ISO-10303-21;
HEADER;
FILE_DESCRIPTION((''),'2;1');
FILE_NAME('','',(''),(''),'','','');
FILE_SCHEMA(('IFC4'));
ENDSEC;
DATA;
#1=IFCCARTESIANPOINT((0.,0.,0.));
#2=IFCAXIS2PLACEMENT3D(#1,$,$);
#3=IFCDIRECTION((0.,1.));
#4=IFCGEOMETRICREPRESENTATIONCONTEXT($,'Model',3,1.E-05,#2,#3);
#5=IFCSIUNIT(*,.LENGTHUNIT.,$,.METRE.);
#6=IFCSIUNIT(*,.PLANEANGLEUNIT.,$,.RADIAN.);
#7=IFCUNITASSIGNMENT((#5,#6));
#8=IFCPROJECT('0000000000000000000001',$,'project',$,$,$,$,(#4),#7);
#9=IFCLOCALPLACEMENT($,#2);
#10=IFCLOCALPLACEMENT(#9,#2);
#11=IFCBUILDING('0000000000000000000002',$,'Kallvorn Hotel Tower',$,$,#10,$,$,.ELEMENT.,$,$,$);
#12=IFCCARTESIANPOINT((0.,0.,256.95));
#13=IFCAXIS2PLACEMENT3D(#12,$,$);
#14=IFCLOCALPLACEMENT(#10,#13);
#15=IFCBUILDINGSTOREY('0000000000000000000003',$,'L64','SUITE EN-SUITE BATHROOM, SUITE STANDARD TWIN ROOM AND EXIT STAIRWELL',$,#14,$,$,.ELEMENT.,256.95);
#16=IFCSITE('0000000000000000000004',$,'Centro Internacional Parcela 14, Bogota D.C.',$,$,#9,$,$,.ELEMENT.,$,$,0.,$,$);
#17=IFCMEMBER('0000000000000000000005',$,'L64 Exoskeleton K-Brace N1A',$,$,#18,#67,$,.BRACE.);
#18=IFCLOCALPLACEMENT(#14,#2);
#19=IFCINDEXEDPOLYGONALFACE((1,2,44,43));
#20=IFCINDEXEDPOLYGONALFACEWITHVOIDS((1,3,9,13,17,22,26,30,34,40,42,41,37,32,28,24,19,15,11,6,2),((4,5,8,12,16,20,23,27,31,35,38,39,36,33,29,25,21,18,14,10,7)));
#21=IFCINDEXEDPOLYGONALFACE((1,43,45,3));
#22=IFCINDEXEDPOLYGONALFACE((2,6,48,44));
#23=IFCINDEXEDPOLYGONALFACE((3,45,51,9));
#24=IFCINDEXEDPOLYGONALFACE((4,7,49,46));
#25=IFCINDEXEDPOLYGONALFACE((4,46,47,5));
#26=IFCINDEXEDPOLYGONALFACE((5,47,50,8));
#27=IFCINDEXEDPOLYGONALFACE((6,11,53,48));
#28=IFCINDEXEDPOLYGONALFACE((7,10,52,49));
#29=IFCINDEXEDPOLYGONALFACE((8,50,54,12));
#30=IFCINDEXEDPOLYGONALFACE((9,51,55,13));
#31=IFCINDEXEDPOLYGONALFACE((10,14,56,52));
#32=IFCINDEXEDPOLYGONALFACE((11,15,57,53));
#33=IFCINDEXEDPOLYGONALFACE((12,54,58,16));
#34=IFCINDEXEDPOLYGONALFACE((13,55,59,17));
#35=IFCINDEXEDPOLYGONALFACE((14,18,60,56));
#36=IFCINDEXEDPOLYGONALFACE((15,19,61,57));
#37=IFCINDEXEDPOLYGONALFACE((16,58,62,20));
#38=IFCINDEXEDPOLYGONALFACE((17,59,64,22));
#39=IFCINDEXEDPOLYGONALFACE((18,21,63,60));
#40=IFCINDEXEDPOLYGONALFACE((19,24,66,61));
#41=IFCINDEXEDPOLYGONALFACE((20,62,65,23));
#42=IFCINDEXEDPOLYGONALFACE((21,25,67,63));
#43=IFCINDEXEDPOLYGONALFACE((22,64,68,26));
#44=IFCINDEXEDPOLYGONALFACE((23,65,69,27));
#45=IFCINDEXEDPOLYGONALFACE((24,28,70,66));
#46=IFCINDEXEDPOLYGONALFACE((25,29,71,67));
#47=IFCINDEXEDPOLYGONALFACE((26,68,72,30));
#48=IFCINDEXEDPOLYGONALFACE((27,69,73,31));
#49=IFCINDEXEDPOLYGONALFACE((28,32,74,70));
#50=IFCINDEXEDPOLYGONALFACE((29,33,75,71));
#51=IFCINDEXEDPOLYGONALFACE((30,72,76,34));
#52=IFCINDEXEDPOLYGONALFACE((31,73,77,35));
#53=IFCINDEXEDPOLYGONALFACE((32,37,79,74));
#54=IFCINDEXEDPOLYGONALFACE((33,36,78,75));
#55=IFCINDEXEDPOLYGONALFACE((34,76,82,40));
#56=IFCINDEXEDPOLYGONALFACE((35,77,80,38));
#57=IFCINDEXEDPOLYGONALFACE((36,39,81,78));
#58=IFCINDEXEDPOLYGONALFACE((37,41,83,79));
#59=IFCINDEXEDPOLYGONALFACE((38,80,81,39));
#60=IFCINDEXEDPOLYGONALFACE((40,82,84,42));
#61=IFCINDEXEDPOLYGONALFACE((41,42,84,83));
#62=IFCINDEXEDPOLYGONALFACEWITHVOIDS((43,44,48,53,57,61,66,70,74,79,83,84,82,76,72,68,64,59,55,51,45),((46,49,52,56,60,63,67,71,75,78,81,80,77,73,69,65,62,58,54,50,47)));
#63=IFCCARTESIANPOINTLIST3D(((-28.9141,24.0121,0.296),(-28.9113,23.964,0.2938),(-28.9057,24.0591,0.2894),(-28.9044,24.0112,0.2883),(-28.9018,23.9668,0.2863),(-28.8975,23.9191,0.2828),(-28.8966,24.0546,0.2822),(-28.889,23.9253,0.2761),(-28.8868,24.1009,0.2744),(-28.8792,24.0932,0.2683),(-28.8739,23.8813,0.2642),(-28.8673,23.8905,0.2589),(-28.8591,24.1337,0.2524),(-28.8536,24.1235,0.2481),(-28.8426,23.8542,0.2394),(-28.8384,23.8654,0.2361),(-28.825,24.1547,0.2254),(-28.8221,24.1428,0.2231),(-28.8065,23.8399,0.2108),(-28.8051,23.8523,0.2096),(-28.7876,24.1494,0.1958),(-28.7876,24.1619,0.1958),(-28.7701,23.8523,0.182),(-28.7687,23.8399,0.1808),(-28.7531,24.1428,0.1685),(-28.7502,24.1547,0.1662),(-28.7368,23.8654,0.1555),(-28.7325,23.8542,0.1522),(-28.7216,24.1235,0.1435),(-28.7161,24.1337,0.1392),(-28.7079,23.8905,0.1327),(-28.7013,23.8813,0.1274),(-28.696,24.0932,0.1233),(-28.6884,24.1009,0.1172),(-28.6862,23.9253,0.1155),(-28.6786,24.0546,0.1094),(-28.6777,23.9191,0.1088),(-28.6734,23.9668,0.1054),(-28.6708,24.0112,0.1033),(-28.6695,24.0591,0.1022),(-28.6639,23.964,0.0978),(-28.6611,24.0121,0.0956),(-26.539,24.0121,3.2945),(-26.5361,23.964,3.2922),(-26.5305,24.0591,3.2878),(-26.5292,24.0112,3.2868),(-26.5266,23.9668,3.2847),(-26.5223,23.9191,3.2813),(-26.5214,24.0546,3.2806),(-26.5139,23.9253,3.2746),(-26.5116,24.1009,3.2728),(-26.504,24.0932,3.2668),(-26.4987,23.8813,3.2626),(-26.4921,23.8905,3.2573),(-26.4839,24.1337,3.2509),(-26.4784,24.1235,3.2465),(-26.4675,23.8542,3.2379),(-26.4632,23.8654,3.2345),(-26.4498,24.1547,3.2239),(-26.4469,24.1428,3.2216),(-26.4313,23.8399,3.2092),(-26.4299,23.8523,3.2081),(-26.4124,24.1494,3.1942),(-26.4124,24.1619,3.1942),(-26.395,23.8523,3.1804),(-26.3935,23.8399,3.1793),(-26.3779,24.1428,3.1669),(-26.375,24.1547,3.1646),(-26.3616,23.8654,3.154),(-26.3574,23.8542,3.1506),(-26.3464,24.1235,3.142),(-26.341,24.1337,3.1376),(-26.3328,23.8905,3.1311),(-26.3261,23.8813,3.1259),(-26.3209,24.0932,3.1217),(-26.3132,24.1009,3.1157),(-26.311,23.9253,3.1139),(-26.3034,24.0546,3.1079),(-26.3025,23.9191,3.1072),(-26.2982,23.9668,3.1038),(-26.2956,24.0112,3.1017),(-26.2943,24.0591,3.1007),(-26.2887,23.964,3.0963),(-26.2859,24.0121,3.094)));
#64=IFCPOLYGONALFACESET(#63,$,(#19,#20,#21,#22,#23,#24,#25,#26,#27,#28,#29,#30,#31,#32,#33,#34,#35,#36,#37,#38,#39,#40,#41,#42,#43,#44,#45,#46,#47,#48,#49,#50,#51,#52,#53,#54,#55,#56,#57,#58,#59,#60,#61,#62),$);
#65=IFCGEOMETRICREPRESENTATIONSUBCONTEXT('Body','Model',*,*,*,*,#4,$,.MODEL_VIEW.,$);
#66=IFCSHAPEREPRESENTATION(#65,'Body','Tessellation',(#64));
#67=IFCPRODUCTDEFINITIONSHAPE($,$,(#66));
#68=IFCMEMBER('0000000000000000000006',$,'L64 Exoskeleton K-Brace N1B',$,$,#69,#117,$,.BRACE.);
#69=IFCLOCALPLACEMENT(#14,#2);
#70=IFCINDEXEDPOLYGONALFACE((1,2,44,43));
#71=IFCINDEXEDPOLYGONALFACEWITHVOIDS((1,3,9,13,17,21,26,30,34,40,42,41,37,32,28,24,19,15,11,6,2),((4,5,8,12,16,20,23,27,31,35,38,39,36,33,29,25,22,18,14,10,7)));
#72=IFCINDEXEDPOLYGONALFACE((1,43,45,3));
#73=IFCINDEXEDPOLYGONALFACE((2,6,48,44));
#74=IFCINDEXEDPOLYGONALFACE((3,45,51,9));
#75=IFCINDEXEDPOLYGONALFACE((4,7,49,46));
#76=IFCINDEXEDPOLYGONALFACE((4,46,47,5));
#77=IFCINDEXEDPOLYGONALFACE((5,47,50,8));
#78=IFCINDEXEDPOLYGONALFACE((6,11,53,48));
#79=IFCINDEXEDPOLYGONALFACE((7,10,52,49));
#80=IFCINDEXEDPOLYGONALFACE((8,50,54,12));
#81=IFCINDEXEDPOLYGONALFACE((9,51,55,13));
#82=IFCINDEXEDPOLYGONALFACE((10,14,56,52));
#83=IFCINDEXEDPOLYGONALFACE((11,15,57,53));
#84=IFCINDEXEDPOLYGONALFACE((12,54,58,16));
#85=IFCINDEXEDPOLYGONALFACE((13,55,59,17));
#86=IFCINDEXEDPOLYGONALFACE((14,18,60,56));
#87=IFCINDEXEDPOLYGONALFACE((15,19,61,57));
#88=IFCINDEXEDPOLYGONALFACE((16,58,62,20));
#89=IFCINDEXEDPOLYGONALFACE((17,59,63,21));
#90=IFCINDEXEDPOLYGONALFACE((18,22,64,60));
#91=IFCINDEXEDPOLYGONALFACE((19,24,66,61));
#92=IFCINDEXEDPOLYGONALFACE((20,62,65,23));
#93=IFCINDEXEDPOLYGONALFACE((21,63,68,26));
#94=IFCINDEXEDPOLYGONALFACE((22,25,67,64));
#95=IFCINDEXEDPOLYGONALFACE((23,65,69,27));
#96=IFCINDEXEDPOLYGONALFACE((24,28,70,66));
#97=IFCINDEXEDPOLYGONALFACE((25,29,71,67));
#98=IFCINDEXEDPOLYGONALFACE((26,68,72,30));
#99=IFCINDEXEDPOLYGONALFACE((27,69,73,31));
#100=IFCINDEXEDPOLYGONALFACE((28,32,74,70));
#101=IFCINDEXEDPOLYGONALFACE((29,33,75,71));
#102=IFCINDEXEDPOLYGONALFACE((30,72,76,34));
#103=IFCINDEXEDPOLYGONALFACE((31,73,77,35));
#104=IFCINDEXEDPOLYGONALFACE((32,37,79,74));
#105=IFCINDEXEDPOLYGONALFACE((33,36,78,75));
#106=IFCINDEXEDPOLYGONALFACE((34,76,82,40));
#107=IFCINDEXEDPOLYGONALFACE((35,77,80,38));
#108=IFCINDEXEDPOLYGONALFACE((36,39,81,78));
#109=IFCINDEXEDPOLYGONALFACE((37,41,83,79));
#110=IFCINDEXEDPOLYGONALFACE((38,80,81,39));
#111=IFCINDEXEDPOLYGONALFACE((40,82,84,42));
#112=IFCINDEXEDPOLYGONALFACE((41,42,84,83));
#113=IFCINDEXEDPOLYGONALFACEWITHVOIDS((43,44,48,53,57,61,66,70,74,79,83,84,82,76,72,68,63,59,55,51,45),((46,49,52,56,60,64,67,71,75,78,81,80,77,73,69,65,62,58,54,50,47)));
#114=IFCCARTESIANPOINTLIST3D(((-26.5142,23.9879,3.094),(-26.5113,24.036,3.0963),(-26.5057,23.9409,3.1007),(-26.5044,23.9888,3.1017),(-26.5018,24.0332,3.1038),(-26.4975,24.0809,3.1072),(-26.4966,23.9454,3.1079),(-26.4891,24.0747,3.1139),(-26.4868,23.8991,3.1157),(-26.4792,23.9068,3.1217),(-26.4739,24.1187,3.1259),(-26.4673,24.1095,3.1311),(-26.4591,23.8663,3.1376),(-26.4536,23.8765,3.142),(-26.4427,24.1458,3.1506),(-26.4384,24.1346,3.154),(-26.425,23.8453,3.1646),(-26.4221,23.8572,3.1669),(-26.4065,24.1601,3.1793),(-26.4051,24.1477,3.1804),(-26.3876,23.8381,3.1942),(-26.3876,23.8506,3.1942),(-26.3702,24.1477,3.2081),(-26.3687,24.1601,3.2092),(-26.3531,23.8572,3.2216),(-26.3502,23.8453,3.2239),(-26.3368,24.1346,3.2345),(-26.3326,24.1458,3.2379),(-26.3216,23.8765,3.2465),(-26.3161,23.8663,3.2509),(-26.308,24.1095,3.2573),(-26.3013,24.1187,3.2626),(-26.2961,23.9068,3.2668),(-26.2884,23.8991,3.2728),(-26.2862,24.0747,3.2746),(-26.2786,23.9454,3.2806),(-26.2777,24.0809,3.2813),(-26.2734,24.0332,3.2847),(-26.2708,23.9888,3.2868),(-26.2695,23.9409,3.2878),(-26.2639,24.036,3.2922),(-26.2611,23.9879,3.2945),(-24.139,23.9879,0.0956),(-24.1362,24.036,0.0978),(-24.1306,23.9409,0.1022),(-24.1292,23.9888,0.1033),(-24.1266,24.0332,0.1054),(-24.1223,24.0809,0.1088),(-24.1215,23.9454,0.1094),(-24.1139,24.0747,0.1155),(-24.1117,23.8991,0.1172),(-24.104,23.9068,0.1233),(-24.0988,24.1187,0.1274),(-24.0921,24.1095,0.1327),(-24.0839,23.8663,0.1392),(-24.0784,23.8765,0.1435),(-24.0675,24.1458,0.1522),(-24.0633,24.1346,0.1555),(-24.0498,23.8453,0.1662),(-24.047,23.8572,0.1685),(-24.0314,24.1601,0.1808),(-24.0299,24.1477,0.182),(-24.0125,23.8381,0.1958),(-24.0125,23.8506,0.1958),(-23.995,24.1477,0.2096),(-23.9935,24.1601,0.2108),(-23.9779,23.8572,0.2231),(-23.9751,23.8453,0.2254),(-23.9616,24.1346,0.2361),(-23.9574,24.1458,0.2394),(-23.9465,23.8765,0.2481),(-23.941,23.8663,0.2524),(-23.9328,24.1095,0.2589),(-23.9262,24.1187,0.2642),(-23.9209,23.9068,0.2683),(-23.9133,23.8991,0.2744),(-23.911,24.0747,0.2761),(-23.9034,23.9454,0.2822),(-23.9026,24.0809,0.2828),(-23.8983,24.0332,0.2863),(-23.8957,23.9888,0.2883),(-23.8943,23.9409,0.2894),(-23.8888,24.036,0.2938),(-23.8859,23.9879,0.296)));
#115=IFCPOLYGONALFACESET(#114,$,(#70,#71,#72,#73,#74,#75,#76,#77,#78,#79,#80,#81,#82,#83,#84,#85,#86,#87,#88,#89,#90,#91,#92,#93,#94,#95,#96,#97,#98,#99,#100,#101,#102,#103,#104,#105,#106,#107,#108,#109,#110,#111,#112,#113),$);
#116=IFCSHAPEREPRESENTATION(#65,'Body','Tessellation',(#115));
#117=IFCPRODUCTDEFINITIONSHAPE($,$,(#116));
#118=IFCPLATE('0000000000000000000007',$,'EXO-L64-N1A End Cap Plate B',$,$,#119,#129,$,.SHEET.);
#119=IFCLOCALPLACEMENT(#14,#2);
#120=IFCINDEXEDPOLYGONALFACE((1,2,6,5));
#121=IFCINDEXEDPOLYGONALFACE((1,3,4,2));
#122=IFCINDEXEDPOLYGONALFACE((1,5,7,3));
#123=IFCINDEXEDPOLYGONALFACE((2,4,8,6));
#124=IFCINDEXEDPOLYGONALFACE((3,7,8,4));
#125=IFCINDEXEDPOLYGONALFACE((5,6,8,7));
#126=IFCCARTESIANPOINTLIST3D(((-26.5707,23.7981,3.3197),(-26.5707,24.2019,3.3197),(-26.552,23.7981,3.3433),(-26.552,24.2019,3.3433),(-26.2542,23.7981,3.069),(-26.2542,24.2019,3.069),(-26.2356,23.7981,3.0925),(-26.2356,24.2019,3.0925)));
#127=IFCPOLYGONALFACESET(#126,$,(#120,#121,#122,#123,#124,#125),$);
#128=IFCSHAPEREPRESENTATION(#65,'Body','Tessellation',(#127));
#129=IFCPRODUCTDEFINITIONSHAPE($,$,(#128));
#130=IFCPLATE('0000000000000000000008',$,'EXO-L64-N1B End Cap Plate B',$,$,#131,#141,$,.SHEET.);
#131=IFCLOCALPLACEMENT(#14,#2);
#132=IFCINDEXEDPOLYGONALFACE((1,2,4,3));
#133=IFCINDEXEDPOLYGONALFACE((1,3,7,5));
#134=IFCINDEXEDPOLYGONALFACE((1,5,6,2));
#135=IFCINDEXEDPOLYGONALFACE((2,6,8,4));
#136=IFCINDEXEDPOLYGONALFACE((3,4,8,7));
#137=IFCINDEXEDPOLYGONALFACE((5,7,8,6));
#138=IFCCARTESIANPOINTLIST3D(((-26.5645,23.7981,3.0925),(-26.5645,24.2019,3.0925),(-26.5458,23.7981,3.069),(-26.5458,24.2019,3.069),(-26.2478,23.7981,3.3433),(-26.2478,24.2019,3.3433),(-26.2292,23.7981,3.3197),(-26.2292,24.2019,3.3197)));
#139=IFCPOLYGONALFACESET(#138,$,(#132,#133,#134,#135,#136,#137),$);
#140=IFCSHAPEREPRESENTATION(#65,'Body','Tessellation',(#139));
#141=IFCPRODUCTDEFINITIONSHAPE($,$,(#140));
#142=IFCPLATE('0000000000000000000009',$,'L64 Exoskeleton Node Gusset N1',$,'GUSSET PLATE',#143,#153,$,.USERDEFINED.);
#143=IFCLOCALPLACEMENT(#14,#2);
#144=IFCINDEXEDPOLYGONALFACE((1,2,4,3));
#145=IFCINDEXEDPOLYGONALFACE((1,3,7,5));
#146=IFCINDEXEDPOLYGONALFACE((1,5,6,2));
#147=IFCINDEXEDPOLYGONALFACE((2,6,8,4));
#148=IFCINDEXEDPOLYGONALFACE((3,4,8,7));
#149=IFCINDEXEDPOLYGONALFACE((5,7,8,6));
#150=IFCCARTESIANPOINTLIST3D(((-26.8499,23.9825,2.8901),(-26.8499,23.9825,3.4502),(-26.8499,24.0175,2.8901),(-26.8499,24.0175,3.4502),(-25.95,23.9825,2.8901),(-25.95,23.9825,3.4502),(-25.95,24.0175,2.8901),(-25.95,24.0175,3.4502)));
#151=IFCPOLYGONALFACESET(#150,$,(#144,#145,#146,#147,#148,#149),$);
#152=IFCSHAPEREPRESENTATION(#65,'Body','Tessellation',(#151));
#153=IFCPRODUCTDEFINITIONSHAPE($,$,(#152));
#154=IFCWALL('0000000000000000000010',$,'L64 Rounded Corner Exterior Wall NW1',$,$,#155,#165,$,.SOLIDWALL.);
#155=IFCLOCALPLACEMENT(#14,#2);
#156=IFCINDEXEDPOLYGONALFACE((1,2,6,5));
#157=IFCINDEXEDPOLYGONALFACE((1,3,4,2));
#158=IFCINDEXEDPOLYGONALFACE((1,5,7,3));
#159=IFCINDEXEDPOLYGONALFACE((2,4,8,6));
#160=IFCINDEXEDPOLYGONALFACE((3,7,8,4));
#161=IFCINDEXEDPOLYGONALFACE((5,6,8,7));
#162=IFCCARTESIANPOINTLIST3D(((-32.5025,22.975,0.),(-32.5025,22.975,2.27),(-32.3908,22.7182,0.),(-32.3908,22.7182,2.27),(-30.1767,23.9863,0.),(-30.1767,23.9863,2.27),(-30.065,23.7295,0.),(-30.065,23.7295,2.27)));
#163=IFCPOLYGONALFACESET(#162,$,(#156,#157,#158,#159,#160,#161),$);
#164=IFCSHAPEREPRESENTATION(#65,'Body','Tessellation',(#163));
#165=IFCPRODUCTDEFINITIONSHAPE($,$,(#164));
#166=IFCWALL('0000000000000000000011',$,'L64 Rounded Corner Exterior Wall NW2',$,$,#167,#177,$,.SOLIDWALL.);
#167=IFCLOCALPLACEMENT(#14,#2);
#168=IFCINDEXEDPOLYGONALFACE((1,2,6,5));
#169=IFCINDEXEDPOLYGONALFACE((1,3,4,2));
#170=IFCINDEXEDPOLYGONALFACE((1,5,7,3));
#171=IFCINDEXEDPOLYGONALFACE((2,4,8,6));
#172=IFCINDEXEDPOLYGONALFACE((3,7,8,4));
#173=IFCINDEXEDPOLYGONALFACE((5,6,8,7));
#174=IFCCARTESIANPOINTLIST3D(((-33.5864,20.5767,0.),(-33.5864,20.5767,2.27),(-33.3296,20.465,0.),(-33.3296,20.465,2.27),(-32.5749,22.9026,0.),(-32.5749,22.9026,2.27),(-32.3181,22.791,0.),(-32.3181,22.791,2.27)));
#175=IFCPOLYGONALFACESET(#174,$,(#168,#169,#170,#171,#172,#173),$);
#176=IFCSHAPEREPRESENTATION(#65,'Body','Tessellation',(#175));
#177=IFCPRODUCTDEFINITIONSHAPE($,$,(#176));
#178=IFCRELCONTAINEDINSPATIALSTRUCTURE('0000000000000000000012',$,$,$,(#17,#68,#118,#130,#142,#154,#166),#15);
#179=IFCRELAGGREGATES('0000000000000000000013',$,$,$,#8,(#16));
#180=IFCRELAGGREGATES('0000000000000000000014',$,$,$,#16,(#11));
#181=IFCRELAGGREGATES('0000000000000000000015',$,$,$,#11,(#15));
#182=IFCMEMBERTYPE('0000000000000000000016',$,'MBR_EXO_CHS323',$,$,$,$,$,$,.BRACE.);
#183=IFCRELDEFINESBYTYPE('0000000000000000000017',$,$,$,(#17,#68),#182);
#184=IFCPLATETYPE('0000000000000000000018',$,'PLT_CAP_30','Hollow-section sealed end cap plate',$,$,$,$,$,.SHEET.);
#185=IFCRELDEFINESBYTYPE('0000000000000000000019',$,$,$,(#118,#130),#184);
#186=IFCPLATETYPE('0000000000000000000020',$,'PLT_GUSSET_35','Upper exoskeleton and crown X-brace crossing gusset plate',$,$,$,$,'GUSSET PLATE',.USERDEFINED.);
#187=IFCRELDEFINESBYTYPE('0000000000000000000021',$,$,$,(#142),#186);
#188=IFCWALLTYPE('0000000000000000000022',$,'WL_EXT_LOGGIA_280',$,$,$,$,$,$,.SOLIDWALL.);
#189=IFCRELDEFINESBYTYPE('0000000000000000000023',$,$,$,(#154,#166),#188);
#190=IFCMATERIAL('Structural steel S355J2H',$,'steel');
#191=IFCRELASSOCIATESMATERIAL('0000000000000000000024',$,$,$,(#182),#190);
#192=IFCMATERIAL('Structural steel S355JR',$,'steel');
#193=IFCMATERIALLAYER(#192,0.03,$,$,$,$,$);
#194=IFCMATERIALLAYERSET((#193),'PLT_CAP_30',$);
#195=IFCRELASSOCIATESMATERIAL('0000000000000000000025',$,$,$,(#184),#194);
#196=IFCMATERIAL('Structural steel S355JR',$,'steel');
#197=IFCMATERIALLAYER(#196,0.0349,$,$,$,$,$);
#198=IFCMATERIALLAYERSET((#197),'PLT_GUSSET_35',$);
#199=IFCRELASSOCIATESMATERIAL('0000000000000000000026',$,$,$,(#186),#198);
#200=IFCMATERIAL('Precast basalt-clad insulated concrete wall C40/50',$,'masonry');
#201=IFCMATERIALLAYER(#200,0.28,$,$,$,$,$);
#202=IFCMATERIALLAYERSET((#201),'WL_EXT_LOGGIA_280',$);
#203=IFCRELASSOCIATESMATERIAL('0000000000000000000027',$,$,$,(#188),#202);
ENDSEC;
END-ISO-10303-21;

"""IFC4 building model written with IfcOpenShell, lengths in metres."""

from ifc_helpers import new_model, si_unit, direction, frame, frame_2d, origin, origin_2d, place, context, subcontext, project, spatial, polyline, rectangle, hollow_circle, outline, extrude, material, layer, layer_set, material_profile, profile_set, type_object, element, save


model = new_model("IFC4")

# Units and contexts
model_context = context("Model", 3, precision=1e-05, world=origin(), true_north=direction((0.0, 1.0)))
body_context = subcontext(model_context, "Body", "Model", "MODEL_VIEW")
ifc_project = project(units=[si_unit("LENGTHUNIT", "METRE"), si_unit("PLANEANGLEUNIT", "RADIAN")], contexts=[model_context])

# Site, building, storey
site_placement = place(None, origin())
site = spatial("IfcSite", under=ifc_project, at=site_placement, Name="Centro Internacional Parcela 14, Bogota D.C.", CompositionType="ELEMENT", RefElevation=0.0)
building_placement = place(site_placement, origin())
building = spatial("IfcBuilding", under=site, at=building_placement, Name="Kallvorn Hotel Tower", CompositionType="ELEMENT")
storey_placement = place(building_placement, frame((0.0, 0.0, 256.95)))
storey = spatial("IfcBuildingStorey", under=building, at=storey_placement, Name="L64", Description="SUITE EN-SUITE BATHROOM, SUITE STANDARD TWIN ROOM AND EXIT STAIRWELL", CompositionType="ELEMENT", Elevation=256.95)

# Members
ifc_material_1 = material(Name="Structural steel S355J2H", Category="steel")
ifc_material_profile_1 = material_profile(ifc_material_1, hollow_circle(Radius=0.1619, WallThickness=0.0125, at=origin_2d()), Name="CHS 323.9x12.5")
ifc_profile_set_1 = profile_set([ifc_material_profile_1], Name="Structural steel S355J2H")
member_type_1 = type_object("IfcMemberType", Name="MBR_EXO_CHS323", PredefinedType="BRACE", material=ifc_profile_set_1)
for number, where, z_axis, x_axis, name in (
    (1, (-28.7876, 24.0, 0.1958), (0.620929, 0.0, 0.783867), (0.0, 1.0, 0.0), "L64 Exoskeleton K-Brace N1A"),
    (2, (-24.0125, 24.0, 0.1958), (-0.620929, 0.0, 0.783867), (0.0, -1.0, 0.0), "L64 Exoskeleton K-Brace N1B"),
):
    element("IfcMember", number, at=place(storey_placement, frame(where, z_axis=z_axis, x_axis=x_axis)), inside=storey, type_object=member_type_1, Name=name, PredefinedType="BRACE", context=body_context, shape_type="SweptSolid", body=[
        extrude(hollow_circle(Radius=0.1619, WallThickness=0.0125, at=origin_2d()), origin(), (0.0, 0.0, 1.0), 3.8252),
    ])

# Plates
ifc_material_2 = material(Name="Structural steel S355JR", Category="steel")
ifc_layer_1 = layer(ifc_material_2, 0.03)
ifc_layer_set_1 = layer_set([ifc_layer_1], Name="PLT_CAP_30")
plate_type_1 = type_object("IfcPlateType", Name="PLT_CAP_30", Description="Hollow-section sealed end cap plate", PredefinedType="SHEET", material=ifc_layer_set_1)
plate_1_placement = place(storey_placement, frame((-26.2356, 23.7981, 3.0925), z_axis=(0.621075, 0.0, 0.783751), x_axis=(0.0, 1.0, 0.0)))
element("IfcPlate", 3, at=plate_1_placement, inside=storey, type_object=plate_type_1, Name="EXO-L64-N1A End Cap Plate B", PredefinedType="SHEET", context=body_context, shape_type="SweptSolid", body=[
    extrude(outline(polyline([(0.0, 0.0), (0.4038, 0.0), (0.4038, 0.4037), (0.0, 0.4037), (0.0, 0.0)])), origin(), (0.0, 0.0, -1.0), 0.03),
])
plate_2_placement = place(storey_placement, frame((-26.5645, 24.2019, 3.0925), z_axis=(-0.62078, 0.0, 0.783985), x_axis=(0.0, -1.0, 0.0)))
element("IfcPlate", 4, at=plate_2_placement, inside=storey, type_object=plate_type_1, Name="EXO-L64-N1B End Cap Plate B", PredefinedType="SHEET", context=body_context, shape_type="SweptSolid", body=[
    extrude(outline(polyline([(0.0, 0.0), (0.4038, 0.0), (0.4038, 0.4039), (0.0, 0.4039), (0.0, 0.0)])), origin(), (0.0, 0.0, -1.0), 0.03),
])
ifc_material_3 = material(Name="Structural steel S355JR", Category="steel")
ifc_layer_2 = layer(ifc_material_3, 0.0349)
ifc_layer_set_2 = layer_set([ifc_layer_2], Name="PLT_GUSSET_35")
plate_type_2 = type_object("IfcPlateType", Name="PLT_GUSSET_35", Description="Upper exoskeleton and crown X-brace crossing gusset plate", ElementType="GUSSET PLATE", PredefinedType="USERDEFINED", material=ifc_layer_set_2)
plate_3_placement = place(storey_placement, frame((-26.3999, 24.0, 2.8901), z_axis=(0.0, 0.0, 1.0), x_axis=(1.0, 0.0, 0.0)))
element("IfcPlate", 5, at=plate_3_placement, inside=storey, type_object=plate_type_2, Name="L64 Exoskeleton Node Gusset N1", ObjectType="GUSSET PLATE", PredefinedType="USERDEFINED", context=body_context, shape_type="SweptSolid", body=[
    extrude(rectangle(XDim=0.8999, YDim=0.0349, at=origin_2d()), origin(), (0.0, 0.0, 1.0), 0.5601),
])

# Walls
ifc_material_4 = material(Name="Precast basalt-clad insulated concrete wall C40/50", Category="masonry")
ifc_layer_3 = layer(ifc_material_4, 0.28)
ifc_layer_set_3 = layer_set([ifc_layer_3], Name="WL_EXT_LOGGIA_280")
wall_type = type_object("IfcWallType", Name="WL_EXT_LOGGIA_280", PredefinedType="SOLIDWALL", material=ifc_layer_set_3)
wall_1_placement = place(storey_placement, frame((-30.1208, 23.8579, 0.0), z_axis=(0.0, 0.0, 1.0), x_axis=(-0.917061, -0.398747, 0.0)))
element("IfcWall", 6, at=wall_1_placement, inside=storey, type_object=wall_type, Name="L64 Rounded Corner Exterior Wall NW1", PredefinedType="SOLIDWALL", context=body_context, shape_type="SweptSolid", body=[
    extrude(rectangle(XDim=2.5361, YDim=0.28, at=frame_2d((1.2681, 0.0))), origin(), (0.0, 0.0, 1.0), 2.27),
])
wall_2_placement = place(storey_placement, frame((-32.4465, 22.8467, 0.0), z_axis=(0.0, 0.0, 1.0), x_axis=(-0.398793, -0.917041, 0.0)))
element("IfcWall", 7, at=wall_2_placement, inside=storey, type_object=wall_type, Name="L64 Rounded Corner Exterior Wall NW2", PredefinedType="SOLIDWALL", context=body_context, shape_type="SweptSolid", body=[
    extrude(rectangle(XDim=2.5364, YDim=0.28, at=frame_2d((1.2681, 0.0))), origin(), (0.0, 0.0, 1.0), 2.27),
])

save(model, "model.ifc")
